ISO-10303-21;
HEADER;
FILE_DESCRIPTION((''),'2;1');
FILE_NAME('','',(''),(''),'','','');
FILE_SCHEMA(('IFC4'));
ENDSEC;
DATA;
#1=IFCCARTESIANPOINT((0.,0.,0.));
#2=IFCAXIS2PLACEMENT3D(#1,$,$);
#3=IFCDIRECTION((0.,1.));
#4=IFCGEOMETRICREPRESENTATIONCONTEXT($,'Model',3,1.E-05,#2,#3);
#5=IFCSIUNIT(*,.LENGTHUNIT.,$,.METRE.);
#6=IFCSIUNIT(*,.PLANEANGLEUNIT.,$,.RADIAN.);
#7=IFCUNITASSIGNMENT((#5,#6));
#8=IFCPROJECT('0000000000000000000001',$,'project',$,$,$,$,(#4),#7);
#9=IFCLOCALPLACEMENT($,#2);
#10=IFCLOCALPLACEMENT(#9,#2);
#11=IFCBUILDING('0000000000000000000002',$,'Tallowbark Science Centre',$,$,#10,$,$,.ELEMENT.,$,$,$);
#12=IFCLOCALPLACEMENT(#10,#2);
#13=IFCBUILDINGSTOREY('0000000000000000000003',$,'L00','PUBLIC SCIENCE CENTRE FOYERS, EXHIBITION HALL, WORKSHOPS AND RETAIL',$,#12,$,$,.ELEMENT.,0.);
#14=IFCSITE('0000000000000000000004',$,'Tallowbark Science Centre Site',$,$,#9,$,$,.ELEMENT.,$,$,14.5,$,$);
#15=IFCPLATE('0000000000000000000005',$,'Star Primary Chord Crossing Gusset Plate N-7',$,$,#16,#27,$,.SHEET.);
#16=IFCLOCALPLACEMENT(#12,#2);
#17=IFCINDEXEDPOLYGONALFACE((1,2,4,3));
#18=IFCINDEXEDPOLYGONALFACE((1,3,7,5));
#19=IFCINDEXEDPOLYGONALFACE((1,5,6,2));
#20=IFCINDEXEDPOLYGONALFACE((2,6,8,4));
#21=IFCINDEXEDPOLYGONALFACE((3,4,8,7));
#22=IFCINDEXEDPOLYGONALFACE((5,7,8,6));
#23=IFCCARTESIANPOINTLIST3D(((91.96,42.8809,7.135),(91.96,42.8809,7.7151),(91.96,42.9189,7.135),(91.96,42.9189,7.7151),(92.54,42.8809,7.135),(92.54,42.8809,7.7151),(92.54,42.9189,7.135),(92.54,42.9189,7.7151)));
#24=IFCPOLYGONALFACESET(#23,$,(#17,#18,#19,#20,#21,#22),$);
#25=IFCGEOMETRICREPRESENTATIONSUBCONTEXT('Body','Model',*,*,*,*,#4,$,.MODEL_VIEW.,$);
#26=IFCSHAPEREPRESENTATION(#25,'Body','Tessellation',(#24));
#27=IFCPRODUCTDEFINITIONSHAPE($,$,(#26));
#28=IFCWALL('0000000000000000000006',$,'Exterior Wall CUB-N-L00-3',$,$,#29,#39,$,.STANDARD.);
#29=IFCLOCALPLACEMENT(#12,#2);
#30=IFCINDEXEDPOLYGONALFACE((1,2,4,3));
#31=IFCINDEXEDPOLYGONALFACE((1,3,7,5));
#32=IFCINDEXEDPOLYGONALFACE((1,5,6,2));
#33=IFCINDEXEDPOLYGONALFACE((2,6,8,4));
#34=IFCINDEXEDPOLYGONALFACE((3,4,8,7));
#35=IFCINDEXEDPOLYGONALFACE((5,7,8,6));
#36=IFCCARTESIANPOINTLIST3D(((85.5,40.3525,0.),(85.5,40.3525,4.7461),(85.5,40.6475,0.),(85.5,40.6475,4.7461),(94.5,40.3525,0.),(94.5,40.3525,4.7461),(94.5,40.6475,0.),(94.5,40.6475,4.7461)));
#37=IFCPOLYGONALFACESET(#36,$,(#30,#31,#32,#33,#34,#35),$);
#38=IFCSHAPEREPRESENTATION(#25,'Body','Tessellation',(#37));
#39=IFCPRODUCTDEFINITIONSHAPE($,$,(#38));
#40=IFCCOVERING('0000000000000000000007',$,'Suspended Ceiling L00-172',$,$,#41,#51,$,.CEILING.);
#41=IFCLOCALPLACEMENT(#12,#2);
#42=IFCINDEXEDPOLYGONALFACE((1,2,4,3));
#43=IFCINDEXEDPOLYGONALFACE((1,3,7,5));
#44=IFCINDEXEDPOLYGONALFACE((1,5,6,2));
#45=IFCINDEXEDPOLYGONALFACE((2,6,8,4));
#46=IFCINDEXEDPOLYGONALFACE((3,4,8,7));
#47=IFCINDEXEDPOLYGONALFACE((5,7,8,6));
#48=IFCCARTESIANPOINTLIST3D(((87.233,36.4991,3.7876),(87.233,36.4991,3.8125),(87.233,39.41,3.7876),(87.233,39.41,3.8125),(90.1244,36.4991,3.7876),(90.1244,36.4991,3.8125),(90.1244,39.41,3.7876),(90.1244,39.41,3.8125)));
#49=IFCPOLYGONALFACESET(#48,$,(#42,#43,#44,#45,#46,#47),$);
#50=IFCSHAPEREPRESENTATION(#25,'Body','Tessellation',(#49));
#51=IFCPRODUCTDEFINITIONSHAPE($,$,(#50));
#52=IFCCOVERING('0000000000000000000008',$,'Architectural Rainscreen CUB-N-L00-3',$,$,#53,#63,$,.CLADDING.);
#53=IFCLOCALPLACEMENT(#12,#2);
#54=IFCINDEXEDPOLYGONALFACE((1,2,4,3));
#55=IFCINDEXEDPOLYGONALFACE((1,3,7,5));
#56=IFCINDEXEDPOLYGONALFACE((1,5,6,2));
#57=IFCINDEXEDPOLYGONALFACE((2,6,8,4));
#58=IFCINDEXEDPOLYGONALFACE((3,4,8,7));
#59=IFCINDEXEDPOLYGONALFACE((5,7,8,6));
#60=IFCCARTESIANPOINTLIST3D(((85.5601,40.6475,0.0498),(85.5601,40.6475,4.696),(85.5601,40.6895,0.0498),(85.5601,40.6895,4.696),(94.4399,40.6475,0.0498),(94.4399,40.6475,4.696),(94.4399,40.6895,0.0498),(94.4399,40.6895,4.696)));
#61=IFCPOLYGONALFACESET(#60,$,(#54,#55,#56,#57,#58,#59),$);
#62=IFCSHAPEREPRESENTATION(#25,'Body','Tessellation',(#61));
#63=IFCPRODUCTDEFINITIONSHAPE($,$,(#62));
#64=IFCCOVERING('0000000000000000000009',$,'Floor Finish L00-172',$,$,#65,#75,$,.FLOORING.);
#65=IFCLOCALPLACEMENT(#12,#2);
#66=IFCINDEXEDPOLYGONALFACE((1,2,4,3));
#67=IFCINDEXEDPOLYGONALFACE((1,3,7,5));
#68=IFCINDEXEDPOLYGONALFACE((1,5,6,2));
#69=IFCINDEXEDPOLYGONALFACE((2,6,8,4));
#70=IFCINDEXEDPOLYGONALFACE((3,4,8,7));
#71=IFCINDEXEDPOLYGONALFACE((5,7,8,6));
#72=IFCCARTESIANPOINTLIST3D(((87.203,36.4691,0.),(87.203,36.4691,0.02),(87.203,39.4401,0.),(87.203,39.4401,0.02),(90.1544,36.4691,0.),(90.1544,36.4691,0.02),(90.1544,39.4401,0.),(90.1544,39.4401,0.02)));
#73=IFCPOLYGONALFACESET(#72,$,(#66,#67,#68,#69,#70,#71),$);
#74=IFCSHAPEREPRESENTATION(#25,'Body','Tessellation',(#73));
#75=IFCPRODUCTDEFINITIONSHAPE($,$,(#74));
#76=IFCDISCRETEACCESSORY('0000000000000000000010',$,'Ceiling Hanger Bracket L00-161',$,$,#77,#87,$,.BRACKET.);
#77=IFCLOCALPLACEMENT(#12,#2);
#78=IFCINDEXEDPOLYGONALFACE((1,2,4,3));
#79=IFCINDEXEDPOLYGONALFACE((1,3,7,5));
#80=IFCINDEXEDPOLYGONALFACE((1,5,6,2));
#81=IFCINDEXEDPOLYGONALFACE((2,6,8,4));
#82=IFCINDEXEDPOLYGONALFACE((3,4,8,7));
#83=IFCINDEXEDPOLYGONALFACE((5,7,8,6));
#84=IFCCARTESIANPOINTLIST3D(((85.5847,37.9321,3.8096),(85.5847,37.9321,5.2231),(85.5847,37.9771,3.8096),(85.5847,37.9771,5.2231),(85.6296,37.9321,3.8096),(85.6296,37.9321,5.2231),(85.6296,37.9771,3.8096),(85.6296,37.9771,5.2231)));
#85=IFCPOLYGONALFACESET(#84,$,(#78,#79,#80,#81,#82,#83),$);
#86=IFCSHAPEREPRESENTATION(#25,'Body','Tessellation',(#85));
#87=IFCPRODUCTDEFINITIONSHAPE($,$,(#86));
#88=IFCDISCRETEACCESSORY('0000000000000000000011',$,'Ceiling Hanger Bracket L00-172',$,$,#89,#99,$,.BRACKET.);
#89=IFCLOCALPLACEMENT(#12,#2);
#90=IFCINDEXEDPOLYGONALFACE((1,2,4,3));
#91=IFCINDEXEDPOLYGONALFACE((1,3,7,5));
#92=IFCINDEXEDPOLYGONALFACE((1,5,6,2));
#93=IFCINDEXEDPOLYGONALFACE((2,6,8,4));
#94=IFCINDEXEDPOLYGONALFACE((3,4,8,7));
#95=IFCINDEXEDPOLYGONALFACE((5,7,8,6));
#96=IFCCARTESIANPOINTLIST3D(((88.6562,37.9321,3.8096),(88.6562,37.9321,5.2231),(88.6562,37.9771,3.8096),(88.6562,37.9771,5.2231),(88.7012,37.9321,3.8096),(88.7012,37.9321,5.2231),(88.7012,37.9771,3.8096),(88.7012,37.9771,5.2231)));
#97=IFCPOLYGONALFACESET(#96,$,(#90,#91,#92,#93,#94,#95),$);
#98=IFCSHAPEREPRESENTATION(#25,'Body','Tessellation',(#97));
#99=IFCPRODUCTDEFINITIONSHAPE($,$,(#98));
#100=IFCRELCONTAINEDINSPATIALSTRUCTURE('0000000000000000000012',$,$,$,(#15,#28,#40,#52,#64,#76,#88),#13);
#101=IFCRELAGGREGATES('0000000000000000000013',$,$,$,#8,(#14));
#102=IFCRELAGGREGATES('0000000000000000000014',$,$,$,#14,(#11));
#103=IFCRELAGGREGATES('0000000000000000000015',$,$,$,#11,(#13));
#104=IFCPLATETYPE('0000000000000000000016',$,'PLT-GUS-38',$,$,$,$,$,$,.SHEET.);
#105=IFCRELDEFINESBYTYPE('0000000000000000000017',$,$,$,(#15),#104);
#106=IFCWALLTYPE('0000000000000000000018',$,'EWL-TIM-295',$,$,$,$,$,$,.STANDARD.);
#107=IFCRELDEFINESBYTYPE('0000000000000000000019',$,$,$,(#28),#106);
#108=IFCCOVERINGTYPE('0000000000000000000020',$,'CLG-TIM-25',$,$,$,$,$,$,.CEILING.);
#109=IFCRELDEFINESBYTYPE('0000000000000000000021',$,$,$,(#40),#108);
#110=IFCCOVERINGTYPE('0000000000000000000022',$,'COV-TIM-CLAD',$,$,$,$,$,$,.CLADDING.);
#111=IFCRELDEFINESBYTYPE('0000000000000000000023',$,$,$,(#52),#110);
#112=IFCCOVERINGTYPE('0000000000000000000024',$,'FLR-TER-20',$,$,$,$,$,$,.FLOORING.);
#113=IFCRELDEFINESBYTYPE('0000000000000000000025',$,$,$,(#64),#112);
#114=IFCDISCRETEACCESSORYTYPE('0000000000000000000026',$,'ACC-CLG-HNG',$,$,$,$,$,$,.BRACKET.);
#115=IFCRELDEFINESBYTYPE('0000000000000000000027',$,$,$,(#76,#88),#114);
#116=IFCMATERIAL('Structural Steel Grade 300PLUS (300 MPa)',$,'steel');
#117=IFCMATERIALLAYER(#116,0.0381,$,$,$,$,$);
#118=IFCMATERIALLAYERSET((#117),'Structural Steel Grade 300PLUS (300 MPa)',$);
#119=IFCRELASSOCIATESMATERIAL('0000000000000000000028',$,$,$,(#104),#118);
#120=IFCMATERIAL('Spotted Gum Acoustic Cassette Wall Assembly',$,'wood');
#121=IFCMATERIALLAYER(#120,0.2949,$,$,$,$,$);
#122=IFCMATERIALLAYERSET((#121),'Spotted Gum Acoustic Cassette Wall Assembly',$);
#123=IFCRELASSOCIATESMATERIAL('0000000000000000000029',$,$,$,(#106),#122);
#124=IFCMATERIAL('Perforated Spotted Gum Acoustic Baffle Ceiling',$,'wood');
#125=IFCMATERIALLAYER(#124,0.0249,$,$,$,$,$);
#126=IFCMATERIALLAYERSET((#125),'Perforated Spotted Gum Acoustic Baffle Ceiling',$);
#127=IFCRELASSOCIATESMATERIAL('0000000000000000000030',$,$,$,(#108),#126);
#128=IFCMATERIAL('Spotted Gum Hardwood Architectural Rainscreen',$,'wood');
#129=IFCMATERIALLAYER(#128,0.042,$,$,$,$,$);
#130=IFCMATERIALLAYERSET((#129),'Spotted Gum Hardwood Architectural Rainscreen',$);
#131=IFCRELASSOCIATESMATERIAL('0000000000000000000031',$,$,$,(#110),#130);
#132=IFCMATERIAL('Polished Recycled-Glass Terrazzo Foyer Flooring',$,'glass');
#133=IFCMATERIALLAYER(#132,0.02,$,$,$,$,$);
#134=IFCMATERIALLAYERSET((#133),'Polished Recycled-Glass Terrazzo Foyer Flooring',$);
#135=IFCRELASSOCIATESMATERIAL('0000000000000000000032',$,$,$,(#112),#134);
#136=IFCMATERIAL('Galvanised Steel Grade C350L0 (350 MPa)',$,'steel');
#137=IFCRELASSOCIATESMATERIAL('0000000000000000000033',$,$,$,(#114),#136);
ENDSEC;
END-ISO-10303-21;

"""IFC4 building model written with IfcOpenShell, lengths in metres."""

from ifc_helpers import new_model, si_unit, direction, frame, frame_2d, origin, origin_2d, place, context, subcontext, project, spatial, rectangle, extrude, material, layer, layer_set, type_object, element, save


model = new_model("IFC4")

# Units and contexts
model_context = context("Model", 3, precision=1e-05, world=origin(), true_north=direction((0.0, 1.0)))
body_context = subcontext(model_context, "Body", "Model", "MODEL_VIEW")
ifc_project = project(units=[si_unit("LENGTHUNIT", "METRE"), si_unit("PLANEANGLEUNIT", "RADIAN")], contexts=[model_context])

# Site, building, storey
site_placement = place(None, origin())
site = spatial("IfcSite", under=ifc_project, at=site_placement, Name="Tallowbark Science Centre Site", CompositionType="ELEMENT", RefElevation=14.5)
building_placement = place(site_placement, origin())
building = spatial("IfcBuilding", under=site, at=building_placement, Name="Tallowbark Science Centre", CompositionType="ELEMENT")
storey_placement = place(building_placement, origin())
storey = spatial("IfcBuildingStorey", under=building, at=storey_placement, Name="L00", Description="PUBLIC SCIENCE CENTRE FOYERS, EXHIBITION HALL, WORKSHOPS AND RETAIL", CompositionType="ELEMENT", Elevation=0.0)

# Shared definitions
ifc_material_1 = material(Name="Structural Steel Grade 300PLUS (300 MPa)", Category="steel")

# Plate
ifc_layer_1 = layer(ifc_material_1, 0.0381)
ifc_layer_set_1 = layer_set([ifc_layer_1], Name="Structural Steel Grade 300PLUS (300 MPa)")
plate_type_1 = type_object("IfcPlateType", Name="PLT-GUS-38", PredefinedType="SHEET", material=ifc_layer_set_1)
plate_1_placement = place(storey_placement, frame((92.25, 42.8999, 7.135), z_axis=(0.0, 0.0, 1.0), x_axis=(1.0, 0.0, 0.0)))
element("IfcPlate", 1, at=plate_1_placement, inside=storey, type_object=plate_type_1, Name="Star Primary Chord Crossing Gusset Plate N-7", PredefinedType="SHEET", context=body_context, shape_type="SweptSolid", body=[
    extrude(rectangle(XDim=0.5801, YDim=0.0381, at=origin_2d()), origin(), (0.0, 0.0, 1.0), 0.5801),
])

# Wall
ifc_material_2 = material(Name="Spotted Gum Acoustic Cassette Wall Assembly", Category="wood")
ifc_layer_2 = layer(ifc_material_2, 0.2949)
ifc_layer_set_2 = layer_set([ifc_layer_2], Name="Spotted Gum Acoustic Cassette Wall Assembly")
wall_type_1 = type_object("IfcWallType", Name="EWL-TIM-295", PredefinedType="STANDARD", material=ifc_layer_set_2)
wall_1_placement = place(storey_placement, frame((94.5, 40.5, 0.0), z_axis=(0.0, 0.0, 1.0), x_axis=(-1.0, 0.0, 0.0)))
element("IfcWall", 2, at=wall_1_placement, inside=storey, type_object=wall_type_1, Name="Exterior Wall CUB-N-L00-3", PredefinedType="STANDARD", context=body_context, shape_type="SweptSolid", body=[
    extrude(rectangle(XDim=9.0, YDim=0.2949, at=frame_2d((4.5, 0.0))), origin(), (0.0, 0.0, 1.0), 4.7461),
])

# Coverings
ifc_material_3 = material(Name="Perforated Spotted Gum Acoustic Baffle Ceiling", Category="wood")
ifc_layer_3 = layer(ifc_material_3, 0.0249)
ifc_layer_set_3 = layer_set([ifc_layer_3], Name="Perforated Spotted Gum Acoustic Baffle Ceiling")
covering_type_1 = type_object("IfcCoveringType", Name="CLG-TIM-25", PredefinedType="CEILING", material=ifc_layer_set_3)
covering_1_placement = place(storey_placement, frame((88.6787, 37.9546, 3.7876), z_axis=(0.0, 0.0, 1.0), x_axis=(1.0, 0.0, 0.0)))
element("IfcCovering", 3, at=covering_1_placement, inside=storey, type_object=covering_type_1, Name="Suspended Ceiling L00-172", PredefinedType="CEILING", context=body_context, shape_type="SweptSolid", body=[
    extrude(rectangle(XDim=2.8914, YDim=2.9109, at=origin_2d()), origin(), (0.0, 0.0, 1.0), 0.0249),
])
ifc_material_4 = material(Name="Spotted Gum Hardwood Architectural Rainscreen", Category="wood")
ifc_layer_4 = layer(ifc_material_4, 0.042)
ifc_layer_set_4 = layer_set([ifc_layer_4], Name="Spotted Gum Hardwood Architectural Rainscreen")
covering_type_2 = type_object("IfcCoveringType", Name="COV-TIM-CLAD", PredefinedType="CLADDING", material=ifc_layer_set_4)
covering_2_placement = place(storey_placement, frame((90.0, 40.6685, 0.0498), z_axis=(0.0, 0.0, 1.0), x_axis=(-1.0, 0.0, 0.0)))
element("IfcCovering", 4, at=covering_2_placement, inside=storey, type_object=covering_type_2, Name="Architectural Rainscreen CUB-N-L00-3", PredefinedType="CLADDING", context=body_context, shape_type="SweptSolid", body=[
    extrude(rectangle(XDim=8.8799, YDim=0.042, at=origin_2d()), origin(), (0.0, 0.0, 1.0), 4.6462),
])
ifc_material_5 = material(Name="Polished Recycled-Glass Terrazzo Foyer Flooring", Category="glass")
ifc_layer_5 = layer(ifc_material_5, 0.02)
ifc_layer_set_5 = layer_set([ifc_layer_5], Name="Polished Recycled-Glass Terrazzo Foyer Flooring")
covering_type_3 = type_object("IfcCoveringType", Name="FLR-TER-20", PredefinedType="FLOORING", material=ifc_layer_set_5)
covering_3_placement = place(storey_placement, frame((88.6787, 37.9546, 0.0), z_axis=(0.0, 0.0, 1.0), x_axis=(1.0, 0.0, 0.0)))
element("IfcCovering", 5, at=covering_3_placement, inside=storey, type_object=covering_type_3, Name="Floor Finish L00-172", PredefinedType="FLOORING", context=body_context, shape_type="SweptSolid", body=[
    extrude(rectangle(XDim=2.9514, YDim=2.9709, at=origin_2d()), origin(), (0.0, 0.0, 1.0), 0.02),
])

# Discrete accessories
ifc_material_6 = material(Name="Galvanised Steel Grade C350L0 (350 MPa)", Category="steel")
discrete_accessory_type = type_object("IfcDiscreteAccessoryType", Name="ACC-CLG-HNG", PredefinedType="BRACKET", material=ifc_material_6)
for number, where, z_axis, x_axis, name in (
    (6, (85.6072, 37.9546, 3.8096), (0.0, 0.0, 1.0), (1.0, 0.0, 0.0), "Ceiling Hanger Bracket L00-161"),
    (7, (88.6787, 37.9546, 3.8096), (0.0, 0.0, 1.0), (1.0, 0.0, 0.0), "Ceiling Hanger Bracket L00-172"),
):
    element("IfcDiscreteAccessory", number, at=place(storey_placement, frame(where, z_axis=z_axis, x_axis=x_axis)), inside=storey, type_object=discrete_accessory_type, Name=name, PredefinedType="BRACKET", context=body_context, shape_type="SweptSolid", body=[
        extrude(rectangle(XDim=0.0449, YDim=0.0449, at=origin_2d()), origin(), (0.0, 0.0, 1.0), 1.4136),
    ])

save(model, "model.ifc")
